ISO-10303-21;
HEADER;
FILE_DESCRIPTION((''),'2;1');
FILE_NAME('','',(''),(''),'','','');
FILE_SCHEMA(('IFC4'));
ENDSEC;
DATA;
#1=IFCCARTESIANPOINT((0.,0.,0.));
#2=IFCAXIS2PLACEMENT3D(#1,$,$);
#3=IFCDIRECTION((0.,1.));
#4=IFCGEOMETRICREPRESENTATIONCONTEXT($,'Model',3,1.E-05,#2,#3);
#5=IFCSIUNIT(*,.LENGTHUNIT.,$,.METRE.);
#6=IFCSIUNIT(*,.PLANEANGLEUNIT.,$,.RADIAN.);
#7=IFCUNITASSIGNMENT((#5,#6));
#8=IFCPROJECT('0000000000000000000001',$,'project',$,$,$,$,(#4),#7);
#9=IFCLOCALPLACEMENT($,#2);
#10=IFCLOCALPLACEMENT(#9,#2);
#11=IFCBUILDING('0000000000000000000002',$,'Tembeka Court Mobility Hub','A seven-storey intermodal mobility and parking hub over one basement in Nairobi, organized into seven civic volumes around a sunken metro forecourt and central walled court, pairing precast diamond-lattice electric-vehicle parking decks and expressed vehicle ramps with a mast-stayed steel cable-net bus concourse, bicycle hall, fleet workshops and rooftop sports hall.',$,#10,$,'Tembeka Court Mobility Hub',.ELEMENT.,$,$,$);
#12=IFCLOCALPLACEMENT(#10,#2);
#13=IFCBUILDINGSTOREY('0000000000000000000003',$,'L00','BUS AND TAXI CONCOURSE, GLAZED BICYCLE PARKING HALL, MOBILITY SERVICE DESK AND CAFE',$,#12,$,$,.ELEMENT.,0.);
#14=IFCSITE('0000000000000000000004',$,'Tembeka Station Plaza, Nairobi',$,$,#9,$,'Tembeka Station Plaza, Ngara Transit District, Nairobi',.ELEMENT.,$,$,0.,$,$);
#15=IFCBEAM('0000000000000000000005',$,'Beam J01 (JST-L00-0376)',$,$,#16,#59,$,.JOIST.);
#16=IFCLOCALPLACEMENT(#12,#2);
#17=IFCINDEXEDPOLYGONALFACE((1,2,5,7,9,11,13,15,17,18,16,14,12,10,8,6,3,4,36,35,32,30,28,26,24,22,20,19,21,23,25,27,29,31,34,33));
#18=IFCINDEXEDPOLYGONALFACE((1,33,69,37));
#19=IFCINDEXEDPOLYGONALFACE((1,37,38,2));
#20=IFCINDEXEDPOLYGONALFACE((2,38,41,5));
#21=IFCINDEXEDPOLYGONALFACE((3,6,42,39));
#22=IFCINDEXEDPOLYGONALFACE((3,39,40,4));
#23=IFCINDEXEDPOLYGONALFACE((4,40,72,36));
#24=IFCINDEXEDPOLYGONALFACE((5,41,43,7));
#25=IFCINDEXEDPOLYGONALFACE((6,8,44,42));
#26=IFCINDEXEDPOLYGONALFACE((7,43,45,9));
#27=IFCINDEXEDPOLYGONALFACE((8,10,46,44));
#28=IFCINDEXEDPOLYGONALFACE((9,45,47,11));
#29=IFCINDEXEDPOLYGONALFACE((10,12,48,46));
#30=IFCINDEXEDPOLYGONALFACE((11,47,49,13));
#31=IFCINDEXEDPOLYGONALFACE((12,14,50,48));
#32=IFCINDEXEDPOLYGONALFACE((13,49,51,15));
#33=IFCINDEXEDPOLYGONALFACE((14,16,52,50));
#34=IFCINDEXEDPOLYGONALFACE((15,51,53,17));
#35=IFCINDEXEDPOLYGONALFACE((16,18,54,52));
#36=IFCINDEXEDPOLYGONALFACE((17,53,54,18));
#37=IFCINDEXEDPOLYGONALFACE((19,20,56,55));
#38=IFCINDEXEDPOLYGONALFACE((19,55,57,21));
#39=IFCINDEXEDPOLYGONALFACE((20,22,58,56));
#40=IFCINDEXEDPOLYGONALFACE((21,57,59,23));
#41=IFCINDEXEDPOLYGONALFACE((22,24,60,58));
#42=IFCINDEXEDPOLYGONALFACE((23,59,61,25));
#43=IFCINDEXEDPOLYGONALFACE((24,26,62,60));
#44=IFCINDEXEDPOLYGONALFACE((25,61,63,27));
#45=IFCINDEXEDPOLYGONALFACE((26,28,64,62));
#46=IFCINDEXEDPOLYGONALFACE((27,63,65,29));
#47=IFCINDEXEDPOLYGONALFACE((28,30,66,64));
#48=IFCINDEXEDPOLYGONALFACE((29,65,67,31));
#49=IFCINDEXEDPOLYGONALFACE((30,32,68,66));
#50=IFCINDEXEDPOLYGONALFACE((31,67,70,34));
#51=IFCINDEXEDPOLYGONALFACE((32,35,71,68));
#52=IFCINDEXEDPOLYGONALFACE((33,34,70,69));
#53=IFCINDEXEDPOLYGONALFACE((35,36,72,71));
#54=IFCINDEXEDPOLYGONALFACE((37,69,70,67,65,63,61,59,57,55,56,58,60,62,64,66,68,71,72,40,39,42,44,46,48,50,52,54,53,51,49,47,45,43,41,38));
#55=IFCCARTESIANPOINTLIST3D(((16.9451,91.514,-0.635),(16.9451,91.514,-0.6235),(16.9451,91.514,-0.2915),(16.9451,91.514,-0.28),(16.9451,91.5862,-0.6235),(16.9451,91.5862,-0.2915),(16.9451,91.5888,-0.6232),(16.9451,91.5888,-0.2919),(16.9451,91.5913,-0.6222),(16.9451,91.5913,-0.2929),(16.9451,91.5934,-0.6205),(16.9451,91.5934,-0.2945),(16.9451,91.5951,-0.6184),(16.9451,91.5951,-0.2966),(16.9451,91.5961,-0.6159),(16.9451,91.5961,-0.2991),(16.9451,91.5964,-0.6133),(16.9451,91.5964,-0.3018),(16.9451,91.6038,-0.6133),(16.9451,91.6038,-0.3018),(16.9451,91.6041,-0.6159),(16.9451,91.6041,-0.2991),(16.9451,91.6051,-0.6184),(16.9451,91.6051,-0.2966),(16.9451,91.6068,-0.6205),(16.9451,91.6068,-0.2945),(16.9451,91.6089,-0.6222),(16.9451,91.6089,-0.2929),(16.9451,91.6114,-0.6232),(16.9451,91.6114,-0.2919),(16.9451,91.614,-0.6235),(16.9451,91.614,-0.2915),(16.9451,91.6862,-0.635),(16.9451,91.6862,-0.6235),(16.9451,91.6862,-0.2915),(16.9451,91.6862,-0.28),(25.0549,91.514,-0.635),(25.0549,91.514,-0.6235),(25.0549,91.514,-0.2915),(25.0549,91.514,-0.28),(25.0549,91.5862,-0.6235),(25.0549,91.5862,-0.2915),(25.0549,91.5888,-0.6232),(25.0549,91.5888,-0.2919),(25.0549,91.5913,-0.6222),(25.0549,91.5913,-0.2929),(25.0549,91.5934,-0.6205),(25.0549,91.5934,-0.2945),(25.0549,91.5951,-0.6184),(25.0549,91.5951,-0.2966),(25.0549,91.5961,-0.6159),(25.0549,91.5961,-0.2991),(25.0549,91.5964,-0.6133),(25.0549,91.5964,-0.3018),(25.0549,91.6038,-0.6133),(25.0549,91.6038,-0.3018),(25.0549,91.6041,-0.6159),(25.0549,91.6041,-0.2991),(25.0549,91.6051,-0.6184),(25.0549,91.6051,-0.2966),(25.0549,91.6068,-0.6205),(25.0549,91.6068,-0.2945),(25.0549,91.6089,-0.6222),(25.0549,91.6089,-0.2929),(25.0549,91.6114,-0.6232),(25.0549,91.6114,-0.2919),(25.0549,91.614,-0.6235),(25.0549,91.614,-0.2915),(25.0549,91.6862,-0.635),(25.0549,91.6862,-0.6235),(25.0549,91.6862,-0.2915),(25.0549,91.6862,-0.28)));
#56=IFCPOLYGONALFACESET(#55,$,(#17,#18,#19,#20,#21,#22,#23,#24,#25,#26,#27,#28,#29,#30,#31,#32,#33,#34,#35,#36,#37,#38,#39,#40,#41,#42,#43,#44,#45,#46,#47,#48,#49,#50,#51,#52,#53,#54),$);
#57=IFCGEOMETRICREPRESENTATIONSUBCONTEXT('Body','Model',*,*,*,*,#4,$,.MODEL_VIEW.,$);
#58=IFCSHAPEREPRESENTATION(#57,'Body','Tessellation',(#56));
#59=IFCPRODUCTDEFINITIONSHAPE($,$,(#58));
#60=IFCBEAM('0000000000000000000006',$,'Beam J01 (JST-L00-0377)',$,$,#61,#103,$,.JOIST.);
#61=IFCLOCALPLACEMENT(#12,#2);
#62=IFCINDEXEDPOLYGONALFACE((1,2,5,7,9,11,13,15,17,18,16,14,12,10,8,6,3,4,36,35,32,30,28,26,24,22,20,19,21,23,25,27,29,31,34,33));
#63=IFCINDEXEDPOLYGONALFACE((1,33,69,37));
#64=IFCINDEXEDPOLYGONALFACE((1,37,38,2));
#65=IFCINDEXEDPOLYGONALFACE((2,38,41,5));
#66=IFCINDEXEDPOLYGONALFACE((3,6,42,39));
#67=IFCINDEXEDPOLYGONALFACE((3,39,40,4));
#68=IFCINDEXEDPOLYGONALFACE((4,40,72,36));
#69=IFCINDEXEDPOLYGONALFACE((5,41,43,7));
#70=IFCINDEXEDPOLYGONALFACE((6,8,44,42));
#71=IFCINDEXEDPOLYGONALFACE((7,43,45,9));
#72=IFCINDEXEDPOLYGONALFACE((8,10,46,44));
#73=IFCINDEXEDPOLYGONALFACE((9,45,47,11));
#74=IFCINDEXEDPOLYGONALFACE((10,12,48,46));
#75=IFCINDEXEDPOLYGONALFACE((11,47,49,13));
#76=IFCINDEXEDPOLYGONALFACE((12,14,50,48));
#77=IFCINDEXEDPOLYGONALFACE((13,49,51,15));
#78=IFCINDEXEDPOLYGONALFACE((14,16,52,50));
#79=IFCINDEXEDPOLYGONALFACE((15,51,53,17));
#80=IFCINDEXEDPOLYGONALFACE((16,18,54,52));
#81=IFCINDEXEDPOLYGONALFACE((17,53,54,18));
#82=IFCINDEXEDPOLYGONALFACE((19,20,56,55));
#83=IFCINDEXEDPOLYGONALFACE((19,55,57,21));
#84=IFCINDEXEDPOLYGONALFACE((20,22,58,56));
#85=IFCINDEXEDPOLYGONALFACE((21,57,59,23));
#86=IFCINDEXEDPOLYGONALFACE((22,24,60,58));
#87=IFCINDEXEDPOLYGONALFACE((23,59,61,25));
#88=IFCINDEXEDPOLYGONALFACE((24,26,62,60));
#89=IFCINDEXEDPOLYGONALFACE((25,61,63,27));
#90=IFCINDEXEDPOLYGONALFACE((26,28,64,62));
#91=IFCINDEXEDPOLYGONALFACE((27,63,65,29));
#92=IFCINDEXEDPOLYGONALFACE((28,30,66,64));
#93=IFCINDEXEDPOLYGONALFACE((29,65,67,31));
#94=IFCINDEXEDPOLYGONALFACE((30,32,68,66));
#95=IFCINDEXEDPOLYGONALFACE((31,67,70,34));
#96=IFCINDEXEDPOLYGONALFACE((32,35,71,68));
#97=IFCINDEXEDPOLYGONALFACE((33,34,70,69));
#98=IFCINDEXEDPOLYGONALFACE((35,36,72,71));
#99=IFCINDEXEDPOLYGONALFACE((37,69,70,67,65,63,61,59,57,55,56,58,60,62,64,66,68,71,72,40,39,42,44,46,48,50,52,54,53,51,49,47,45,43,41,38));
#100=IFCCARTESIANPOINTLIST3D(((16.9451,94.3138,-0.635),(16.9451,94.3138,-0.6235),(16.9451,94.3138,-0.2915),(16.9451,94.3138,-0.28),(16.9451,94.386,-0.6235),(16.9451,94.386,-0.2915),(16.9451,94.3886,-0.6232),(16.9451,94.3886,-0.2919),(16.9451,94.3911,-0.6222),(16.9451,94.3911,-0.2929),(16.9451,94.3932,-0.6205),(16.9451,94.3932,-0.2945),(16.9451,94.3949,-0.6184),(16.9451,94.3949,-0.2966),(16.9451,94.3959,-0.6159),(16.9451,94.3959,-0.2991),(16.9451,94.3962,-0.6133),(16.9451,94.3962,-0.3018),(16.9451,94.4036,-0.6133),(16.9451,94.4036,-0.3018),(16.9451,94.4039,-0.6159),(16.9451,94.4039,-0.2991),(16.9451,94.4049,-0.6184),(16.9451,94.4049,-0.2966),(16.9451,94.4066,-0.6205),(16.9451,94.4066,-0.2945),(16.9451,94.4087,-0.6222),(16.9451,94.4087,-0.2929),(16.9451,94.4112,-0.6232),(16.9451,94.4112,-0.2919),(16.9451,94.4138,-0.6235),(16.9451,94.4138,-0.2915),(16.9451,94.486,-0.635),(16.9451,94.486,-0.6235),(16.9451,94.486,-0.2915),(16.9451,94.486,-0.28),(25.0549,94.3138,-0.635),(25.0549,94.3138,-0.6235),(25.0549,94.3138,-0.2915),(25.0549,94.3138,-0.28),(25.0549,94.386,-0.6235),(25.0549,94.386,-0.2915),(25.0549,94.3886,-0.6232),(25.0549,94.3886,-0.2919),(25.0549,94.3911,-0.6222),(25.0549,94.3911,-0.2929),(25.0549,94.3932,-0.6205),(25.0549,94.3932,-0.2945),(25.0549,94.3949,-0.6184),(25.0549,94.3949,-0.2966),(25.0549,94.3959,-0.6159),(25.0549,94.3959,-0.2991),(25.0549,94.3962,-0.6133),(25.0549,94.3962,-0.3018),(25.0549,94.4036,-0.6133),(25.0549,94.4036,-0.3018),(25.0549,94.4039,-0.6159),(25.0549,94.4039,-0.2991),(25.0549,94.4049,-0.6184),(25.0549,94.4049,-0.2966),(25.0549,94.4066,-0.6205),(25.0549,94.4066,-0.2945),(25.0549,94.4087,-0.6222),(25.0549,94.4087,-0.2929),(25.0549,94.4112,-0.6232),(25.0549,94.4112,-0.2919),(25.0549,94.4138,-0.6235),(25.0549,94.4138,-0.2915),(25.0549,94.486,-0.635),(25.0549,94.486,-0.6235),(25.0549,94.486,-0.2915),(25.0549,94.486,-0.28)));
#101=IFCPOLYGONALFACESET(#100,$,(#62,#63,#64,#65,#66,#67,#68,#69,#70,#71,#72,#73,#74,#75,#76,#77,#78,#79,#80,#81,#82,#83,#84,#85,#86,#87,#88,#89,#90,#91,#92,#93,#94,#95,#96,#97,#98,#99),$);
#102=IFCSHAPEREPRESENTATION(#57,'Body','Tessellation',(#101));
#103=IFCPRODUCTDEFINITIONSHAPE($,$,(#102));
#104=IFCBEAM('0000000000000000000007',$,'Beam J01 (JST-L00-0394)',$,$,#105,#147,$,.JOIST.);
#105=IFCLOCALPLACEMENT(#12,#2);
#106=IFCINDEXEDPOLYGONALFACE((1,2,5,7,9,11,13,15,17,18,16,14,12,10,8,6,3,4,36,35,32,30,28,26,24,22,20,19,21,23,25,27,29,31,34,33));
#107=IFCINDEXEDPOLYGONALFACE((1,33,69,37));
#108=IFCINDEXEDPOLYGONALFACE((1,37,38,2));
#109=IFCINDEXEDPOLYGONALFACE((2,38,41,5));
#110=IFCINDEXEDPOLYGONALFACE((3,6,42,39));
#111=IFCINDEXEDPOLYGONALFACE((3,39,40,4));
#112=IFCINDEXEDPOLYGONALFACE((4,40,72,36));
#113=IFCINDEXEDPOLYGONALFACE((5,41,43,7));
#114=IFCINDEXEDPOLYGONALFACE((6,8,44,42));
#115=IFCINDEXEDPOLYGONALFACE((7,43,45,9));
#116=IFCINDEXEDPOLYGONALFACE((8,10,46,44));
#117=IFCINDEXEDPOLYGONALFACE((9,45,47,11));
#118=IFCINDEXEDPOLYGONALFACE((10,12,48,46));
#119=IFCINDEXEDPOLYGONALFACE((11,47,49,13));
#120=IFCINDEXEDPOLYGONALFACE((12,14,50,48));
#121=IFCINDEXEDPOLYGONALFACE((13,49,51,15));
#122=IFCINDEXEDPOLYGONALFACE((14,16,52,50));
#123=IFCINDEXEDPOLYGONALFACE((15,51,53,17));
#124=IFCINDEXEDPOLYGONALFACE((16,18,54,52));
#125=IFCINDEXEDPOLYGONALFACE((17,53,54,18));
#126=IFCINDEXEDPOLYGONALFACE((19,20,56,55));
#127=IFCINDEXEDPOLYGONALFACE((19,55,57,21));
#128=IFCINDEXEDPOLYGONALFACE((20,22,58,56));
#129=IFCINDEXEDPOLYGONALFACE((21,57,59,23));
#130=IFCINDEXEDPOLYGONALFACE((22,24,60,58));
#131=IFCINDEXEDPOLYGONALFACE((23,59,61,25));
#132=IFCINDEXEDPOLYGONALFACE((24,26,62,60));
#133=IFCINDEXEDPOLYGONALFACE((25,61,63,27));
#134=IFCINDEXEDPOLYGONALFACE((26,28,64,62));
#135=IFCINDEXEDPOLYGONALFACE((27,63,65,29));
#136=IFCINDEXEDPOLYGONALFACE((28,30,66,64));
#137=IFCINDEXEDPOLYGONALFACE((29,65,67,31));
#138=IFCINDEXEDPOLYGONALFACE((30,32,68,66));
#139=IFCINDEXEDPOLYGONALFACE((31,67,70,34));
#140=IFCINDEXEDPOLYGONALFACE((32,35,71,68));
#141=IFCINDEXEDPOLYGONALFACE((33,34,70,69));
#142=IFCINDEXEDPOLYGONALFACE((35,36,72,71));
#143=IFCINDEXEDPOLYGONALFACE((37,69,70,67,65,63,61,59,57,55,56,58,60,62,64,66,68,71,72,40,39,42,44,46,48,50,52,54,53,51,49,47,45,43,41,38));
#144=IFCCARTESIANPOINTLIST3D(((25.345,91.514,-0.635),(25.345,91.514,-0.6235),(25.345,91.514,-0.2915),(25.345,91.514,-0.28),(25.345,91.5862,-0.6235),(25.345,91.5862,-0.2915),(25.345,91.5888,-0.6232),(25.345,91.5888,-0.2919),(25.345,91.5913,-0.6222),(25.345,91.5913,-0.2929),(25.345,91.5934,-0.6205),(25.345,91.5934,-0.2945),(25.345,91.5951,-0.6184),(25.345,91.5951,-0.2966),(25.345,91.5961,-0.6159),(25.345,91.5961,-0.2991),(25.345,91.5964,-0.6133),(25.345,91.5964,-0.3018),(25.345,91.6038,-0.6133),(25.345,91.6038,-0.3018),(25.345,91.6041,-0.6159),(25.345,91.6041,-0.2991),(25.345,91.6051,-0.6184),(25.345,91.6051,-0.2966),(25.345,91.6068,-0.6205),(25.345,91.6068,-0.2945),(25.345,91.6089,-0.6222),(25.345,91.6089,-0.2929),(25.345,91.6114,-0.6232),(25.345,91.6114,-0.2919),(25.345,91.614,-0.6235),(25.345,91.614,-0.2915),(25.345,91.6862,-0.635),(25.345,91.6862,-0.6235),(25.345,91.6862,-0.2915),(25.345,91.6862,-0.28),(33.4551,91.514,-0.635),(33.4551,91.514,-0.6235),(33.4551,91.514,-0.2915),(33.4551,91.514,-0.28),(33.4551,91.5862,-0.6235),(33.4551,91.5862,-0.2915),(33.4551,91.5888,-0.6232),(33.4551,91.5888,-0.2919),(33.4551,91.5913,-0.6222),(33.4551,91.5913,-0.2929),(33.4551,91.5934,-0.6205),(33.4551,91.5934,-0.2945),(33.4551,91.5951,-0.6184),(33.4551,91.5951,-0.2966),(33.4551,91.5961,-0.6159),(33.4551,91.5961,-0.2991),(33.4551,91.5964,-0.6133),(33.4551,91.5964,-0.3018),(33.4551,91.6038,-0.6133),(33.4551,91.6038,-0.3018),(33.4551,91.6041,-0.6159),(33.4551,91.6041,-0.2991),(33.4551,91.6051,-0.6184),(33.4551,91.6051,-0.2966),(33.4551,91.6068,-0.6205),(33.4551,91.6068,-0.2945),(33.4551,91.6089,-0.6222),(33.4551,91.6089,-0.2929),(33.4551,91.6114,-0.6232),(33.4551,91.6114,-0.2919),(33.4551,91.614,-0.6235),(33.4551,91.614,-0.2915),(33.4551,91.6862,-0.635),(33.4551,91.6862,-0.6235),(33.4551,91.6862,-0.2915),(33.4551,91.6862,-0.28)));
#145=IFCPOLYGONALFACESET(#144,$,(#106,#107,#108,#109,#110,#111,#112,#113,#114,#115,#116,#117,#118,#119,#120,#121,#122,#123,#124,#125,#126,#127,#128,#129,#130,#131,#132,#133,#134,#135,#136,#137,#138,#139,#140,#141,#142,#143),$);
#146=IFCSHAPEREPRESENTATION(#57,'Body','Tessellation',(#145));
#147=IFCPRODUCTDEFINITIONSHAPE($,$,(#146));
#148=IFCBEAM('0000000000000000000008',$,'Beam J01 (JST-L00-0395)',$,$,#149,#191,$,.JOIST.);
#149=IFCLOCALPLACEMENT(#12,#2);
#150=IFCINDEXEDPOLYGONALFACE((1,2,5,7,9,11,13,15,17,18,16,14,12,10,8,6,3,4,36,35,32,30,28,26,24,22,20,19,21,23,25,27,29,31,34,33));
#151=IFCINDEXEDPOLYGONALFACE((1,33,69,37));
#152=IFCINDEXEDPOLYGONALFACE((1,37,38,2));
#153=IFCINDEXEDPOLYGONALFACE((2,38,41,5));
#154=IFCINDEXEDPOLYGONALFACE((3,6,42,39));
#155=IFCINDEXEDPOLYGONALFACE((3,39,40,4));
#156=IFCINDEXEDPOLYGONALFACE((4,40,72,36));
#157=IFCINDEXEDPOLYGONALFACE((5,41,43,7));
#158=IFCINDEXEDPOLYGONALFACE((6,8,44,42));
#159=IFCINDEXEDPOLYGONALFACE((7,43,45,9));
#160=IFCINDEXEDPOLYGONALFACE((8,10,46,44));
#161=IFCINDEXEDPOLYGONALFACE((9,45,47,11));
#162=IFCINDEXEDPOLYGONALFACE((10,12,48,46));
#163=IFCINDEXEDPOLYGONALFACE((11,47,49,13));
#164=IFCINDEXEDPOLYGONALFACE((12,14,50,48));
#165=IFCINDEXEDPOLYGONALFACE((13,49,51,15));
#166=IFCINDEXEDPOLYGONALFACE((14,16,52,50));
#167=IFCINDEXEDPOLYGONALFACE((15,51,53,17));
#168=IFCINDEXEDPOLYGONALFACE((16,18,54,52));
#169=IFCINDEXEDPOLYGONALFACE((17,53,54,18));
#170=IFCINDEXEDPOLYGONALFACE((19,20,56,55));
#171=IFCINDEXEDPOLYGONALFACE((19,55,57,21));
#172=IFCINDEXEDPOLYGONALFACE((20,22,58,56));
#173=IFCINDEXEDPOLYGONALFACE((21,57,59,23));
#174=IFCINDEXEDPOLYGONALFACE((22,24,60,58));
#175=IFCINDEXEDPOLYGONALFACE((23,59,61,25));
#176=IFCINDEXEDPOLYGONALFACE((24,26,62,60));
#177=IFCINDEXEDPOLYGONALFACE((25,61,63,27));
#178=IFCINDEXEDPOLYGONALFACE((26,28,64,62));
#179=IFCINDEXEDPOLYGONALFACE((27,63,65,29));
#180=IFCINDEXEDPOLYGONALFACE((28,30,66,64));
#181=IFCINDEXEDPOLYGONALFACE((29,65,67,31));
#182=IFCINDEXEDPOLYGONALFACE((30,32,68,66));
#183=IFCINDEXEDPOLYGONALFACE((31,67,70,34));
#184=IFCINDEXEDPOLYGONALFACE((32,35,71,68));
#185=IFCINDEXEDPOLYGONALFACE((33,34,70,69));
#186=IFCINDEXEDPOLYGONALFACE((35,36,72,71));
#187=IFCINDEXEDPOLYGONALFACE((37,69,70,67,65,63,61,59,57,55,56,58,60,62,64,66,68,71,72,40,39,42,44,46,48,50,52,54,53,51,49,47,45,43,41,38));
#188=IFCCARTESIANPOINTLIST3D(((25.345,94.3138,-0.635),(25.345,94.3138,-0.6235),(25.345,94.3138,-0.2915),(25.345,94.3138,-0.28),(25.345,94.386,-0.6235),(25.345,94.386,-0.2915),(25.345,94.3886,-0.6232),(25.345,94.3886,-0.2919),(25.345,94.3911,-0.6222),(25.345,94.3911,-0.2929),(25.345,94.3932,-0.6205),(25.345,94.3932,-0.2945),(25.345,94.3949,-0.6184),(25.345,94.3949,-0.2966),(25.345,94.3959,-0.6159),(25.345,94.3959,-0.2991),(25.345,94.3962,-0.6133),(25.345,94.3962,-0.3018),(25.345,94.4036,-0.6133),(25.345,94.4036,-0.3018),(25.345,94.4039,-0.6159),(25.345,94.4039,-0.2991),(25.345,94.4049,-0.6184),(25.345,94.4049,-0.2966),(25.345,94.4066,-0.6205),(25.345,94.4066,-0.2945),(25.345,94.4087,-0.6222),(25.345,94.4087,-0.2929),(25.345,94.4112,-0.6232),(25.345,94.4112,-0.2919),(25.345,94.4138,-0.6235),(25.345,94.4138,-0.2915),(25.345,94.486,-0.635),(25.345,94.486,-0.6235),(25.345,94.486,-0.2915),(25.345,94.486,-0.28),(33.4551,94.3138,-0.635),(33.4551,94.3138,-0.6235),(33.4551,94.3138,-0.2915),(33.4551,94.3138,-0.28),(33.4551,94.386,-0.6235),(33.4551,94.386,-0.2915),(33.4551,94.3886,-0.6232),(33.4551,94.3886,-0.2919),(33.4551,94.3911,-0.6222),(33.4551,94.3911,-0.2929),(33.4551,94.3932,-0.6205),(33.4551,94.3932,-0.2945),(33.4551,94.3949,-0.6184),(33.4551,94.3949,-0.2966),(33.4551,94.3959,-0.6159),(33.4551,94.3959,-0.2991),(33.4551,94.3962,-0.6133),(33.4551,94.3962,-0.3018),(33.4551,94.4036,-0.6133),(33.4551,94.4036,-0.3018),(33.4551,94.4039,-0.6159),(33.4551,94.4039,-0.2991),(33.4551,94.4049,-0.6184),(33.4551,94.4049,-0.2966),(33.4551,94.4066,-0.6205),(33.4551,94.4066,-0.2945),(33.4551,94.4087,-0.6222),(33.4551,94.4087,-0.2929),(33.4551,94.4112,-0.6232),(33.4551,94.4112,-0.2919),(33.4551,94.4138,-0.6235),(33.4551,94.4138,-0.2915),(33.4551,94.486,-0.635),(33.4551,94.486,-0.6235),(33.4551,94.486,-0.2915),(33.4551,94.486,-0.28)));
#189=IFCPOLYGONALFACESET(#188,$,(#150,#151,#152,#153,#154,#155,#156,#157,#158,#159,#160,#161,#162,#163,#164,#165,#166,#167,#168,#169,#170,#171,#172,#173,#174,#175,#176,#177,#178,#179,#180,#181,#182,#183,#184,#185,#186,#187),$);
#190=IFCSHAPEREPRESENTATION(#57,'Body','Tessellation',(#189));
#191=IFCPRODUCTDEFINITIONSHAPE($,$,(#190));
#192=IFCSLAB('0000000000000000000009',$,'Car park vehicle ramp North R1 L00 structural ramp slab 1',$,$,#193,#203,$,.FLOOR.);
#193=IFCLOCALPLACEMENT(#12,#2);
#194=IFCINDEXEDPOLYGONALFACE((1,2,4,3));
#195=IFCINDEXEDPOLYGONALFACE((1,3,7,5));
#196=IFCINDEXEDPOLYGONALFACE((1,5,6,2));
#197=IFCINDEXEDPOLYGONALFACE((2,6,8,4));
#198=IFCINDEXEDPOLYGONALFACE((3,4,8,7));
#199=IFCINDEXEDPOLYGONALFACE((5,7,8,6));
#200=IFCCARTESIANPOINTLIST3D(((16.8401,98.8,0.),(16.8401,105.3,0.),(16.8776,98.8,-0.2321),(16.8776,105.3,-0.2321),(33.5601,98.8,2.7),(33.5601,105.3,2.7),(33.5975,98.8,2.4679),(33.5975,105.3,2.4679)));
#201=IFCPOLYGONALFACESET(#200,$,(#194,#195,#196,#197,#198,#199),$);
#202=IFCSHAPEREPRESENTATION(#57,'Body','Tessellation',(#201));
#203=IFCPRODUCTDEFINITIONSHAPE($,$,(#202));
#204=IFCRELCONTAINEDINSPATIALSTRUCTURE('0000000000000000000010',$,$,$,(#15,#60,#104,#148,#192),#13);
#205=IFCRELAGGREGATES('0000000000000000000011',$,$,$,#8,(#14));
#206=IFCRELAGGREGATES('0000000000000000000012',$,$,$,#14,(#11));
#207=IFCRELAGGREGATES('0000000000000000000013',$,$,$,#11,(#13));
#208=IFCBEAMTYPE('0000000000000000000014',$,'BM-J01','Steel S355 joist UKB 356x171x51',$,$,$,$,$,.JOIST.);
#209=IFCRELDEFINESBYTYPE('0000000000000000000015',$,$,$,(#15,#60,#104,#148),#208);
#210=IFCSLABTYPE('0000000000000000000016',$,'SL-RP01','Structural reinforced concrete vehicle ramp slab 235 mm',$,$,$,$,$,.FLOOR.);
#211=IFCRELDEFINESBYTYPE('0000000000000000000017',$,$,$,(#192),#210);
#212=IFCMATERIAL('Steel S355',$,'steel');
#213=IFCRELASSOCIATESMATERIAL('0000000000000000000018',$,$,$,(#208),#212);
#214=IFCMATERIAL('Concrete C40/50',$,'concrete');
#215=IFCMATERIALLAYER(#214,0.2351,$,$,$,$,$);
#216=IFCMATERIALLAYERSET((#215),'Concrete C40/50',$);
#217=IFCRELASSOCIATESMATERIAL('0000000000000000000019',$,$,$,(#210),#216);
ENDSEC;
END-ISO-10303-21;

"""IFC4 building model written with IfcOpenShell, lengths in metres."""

from ifc_helpers import new_model, si_unit, direction, frame, origin, origin_2d, place, context, subcontext, project, spatial, polyline, i_section, outline, extrude, material, layer, layer_set, material_profile, profile_set, type_object, element, save


model = new_model("IFC4")

# Units and contexts
model_context = context("Model", 3, precision=1e-05, world=origin(), true_north=direction((0.0, 1.0)))
body_context = subcontext(model_context, "Body", "Model", "MODEL_VIEW")
ifc_project = project(units=[si_unit("LENGTHUNIT", "METRE"), si_unit("PLANEANGLEUNIT", "RADIAN")], contexts=[model_context])

# Site, building, storey
site_placement = place(None, origin())
site = spatial("IfcSite", under=ifc_project, at=site_placement, Name="Tembeka Station Plaza, Nairobi", LongName="Tembeka Station Plaza, Ngara Transit District, Nairobi", CompositionType="ELEMENT", RefElevation=0.0)
building_placement = place(site_placement, origin())
building = spatial("IfcBuilding", under=site, at=building_placement, Name="Tembeka Court Mobility Hub", Description="A seven-storey intermodal mobility and parking hub over one basement in Nairobi, organized into seven civic volumes around a sunken metro forecourt and central walled court, pairing precast diamond-lattice electric-vehicle parking decks and expressed vehicle ramps with a mast-stayed steel cable-net bus concourse, bicycle hall, fleet workshops and rooftop sports hall.", LongName="Tembeka Court Mobility Hub", CompositionType="ELEMENT")
storey_placement = place(building_placement, origin())
storey = spatial("IfcBuildingStorey", under=building, at=storey_placement, Name="L00", Description="BUS AND TAXI CONCOURSE, GLAZED BICYCLE PARKING HALL, MOBILITY SERVICE DESK AND CAFE", CompositionType="ELEMENT", Elevation=0.0)

# Shared definitions
ifc_material_1 = material(Name="Steel S355", Category="steel")

# Beams
ifc_material_profile_1 = material_profile(ifc_material_1, i_section(OverallWidth=0.1721, OverallDepth=0.355, WebThickness=0.0073, FlangeThickness=0.0115, FilletRadius=0.0103, at=origin_2d()), Name="UKB 356x171x51")
ifc_profile_set_1 = profile_set([ifc_material_profile_1], Name="Steel S355")
beam_type_1 = type_object("IfcBeamType", Name="BM-J01", Description="Steel S355 joist UKB 356x171x51", PredefinedType="JOIST", material=ifc_profile_set_1)
for number, where, z_axis, x_axis, name in (
    (1, (16.9451, 91.6001, -0.4575), (1.0, 0.0, 0.0), (0.0, 1.0, 0.0), "Beam J01 (JST-L00-0376)"),
    (2, (16.9451, 94.3999, -0.4575), (1.0, 0.0, 0.0), (0.0, 1.0, 0.0), "Beam J01 (JST-L00-0377)"),
):
    element("IfcBeam", number, at=place(storey_placement, frame(where, z_axis=z_axis, x_axis=x_axis)), inside=storey, type_object=beam_type_1, Name=name, PredefinedType="JOIST", context=body_context, shape_type="SweptSolid", body=[
        extrude(i_section(OverallWidth=0.1721, OverallDepth=0.355, WebThickness=0.0073, FlangeThickness=0.0115, FilletRadius=0.0103, at=origin_2d()), origin(), (0.0, 0.0, 1.0), 8.1099),
    ])
for number, where, z_axis, x_axis, name in (
    (3, (25.345, 91.6001, -0.4575), (1.0, 0.0, 0.0), (0.0, 1.0, 0.0), "Beam J01 (JST-L00-0394)"),
    (4, (25.345, 94.3999, -0.4575), (1.0, 0.0, 0.0), (0.0, 1.0, 0.0), "Beam J01 (JST-L00-0395)"),
):
    element("IfcBeam", number, at=place(storey_placement, frame(where, z_axis=z_axis, x_axis=x_axis)), inside=storey, type_object=beam_type_1, Name=name, PredefinedType="JOIST", context=body_context, shape_type="SweptSolid", body=[
        extrude(i_section(OverallWidth=0.1721, OverallDepth=0.355, WebThickness=0.0073, FlangeThickness=0.0115, FilletRadius=0.0103, at=origin_2d()), origin(), (0.0, 0.0, 1.0), 8.1101),
    ])

# Slab
ifc_material_2 = material(Name="Concrete C40/50", Category="concrete")
ifc_layer_1 = layer(ifc_material_2, 0.2351)
ifc_layer_set_1 = layer_set([ifc_layer_1], Name="Concrete C40/50")
slab_type = type_object("IfcSlabType", Name="SL-RP01", Description="Structural reinforced concrete vehicle ramp slab 235 mm", PredefinedType="FLOOR", material=ifc_layer_set_1)
slab_1_placement = place(storey_placement, frame((16.8401, 98.8, 0.0), z_axis=(-0.159416, 0.0, 0.987212), x_axis=(0.987212, 0.0, 0.159416)))
element("IfcSlab", 5, at=slab_1_placement, inside=storey, type_object=slab_type, Name="Car park vehicle ramp North R1 L00 structural ramp slab 1", PredefinedType="FLOOR", context=body_context, shape_type="SweptSolid", body=[
    extrude(outline(polyline([(0.0, 0.0), (16.9366, 0.0), (16.9366, 6.5), (0.0, 6.5), (0.0, 0.0)])), origin(), (0.0, 0.0, -1.0), 0.2351),
])

save(model, "model.ifc")
